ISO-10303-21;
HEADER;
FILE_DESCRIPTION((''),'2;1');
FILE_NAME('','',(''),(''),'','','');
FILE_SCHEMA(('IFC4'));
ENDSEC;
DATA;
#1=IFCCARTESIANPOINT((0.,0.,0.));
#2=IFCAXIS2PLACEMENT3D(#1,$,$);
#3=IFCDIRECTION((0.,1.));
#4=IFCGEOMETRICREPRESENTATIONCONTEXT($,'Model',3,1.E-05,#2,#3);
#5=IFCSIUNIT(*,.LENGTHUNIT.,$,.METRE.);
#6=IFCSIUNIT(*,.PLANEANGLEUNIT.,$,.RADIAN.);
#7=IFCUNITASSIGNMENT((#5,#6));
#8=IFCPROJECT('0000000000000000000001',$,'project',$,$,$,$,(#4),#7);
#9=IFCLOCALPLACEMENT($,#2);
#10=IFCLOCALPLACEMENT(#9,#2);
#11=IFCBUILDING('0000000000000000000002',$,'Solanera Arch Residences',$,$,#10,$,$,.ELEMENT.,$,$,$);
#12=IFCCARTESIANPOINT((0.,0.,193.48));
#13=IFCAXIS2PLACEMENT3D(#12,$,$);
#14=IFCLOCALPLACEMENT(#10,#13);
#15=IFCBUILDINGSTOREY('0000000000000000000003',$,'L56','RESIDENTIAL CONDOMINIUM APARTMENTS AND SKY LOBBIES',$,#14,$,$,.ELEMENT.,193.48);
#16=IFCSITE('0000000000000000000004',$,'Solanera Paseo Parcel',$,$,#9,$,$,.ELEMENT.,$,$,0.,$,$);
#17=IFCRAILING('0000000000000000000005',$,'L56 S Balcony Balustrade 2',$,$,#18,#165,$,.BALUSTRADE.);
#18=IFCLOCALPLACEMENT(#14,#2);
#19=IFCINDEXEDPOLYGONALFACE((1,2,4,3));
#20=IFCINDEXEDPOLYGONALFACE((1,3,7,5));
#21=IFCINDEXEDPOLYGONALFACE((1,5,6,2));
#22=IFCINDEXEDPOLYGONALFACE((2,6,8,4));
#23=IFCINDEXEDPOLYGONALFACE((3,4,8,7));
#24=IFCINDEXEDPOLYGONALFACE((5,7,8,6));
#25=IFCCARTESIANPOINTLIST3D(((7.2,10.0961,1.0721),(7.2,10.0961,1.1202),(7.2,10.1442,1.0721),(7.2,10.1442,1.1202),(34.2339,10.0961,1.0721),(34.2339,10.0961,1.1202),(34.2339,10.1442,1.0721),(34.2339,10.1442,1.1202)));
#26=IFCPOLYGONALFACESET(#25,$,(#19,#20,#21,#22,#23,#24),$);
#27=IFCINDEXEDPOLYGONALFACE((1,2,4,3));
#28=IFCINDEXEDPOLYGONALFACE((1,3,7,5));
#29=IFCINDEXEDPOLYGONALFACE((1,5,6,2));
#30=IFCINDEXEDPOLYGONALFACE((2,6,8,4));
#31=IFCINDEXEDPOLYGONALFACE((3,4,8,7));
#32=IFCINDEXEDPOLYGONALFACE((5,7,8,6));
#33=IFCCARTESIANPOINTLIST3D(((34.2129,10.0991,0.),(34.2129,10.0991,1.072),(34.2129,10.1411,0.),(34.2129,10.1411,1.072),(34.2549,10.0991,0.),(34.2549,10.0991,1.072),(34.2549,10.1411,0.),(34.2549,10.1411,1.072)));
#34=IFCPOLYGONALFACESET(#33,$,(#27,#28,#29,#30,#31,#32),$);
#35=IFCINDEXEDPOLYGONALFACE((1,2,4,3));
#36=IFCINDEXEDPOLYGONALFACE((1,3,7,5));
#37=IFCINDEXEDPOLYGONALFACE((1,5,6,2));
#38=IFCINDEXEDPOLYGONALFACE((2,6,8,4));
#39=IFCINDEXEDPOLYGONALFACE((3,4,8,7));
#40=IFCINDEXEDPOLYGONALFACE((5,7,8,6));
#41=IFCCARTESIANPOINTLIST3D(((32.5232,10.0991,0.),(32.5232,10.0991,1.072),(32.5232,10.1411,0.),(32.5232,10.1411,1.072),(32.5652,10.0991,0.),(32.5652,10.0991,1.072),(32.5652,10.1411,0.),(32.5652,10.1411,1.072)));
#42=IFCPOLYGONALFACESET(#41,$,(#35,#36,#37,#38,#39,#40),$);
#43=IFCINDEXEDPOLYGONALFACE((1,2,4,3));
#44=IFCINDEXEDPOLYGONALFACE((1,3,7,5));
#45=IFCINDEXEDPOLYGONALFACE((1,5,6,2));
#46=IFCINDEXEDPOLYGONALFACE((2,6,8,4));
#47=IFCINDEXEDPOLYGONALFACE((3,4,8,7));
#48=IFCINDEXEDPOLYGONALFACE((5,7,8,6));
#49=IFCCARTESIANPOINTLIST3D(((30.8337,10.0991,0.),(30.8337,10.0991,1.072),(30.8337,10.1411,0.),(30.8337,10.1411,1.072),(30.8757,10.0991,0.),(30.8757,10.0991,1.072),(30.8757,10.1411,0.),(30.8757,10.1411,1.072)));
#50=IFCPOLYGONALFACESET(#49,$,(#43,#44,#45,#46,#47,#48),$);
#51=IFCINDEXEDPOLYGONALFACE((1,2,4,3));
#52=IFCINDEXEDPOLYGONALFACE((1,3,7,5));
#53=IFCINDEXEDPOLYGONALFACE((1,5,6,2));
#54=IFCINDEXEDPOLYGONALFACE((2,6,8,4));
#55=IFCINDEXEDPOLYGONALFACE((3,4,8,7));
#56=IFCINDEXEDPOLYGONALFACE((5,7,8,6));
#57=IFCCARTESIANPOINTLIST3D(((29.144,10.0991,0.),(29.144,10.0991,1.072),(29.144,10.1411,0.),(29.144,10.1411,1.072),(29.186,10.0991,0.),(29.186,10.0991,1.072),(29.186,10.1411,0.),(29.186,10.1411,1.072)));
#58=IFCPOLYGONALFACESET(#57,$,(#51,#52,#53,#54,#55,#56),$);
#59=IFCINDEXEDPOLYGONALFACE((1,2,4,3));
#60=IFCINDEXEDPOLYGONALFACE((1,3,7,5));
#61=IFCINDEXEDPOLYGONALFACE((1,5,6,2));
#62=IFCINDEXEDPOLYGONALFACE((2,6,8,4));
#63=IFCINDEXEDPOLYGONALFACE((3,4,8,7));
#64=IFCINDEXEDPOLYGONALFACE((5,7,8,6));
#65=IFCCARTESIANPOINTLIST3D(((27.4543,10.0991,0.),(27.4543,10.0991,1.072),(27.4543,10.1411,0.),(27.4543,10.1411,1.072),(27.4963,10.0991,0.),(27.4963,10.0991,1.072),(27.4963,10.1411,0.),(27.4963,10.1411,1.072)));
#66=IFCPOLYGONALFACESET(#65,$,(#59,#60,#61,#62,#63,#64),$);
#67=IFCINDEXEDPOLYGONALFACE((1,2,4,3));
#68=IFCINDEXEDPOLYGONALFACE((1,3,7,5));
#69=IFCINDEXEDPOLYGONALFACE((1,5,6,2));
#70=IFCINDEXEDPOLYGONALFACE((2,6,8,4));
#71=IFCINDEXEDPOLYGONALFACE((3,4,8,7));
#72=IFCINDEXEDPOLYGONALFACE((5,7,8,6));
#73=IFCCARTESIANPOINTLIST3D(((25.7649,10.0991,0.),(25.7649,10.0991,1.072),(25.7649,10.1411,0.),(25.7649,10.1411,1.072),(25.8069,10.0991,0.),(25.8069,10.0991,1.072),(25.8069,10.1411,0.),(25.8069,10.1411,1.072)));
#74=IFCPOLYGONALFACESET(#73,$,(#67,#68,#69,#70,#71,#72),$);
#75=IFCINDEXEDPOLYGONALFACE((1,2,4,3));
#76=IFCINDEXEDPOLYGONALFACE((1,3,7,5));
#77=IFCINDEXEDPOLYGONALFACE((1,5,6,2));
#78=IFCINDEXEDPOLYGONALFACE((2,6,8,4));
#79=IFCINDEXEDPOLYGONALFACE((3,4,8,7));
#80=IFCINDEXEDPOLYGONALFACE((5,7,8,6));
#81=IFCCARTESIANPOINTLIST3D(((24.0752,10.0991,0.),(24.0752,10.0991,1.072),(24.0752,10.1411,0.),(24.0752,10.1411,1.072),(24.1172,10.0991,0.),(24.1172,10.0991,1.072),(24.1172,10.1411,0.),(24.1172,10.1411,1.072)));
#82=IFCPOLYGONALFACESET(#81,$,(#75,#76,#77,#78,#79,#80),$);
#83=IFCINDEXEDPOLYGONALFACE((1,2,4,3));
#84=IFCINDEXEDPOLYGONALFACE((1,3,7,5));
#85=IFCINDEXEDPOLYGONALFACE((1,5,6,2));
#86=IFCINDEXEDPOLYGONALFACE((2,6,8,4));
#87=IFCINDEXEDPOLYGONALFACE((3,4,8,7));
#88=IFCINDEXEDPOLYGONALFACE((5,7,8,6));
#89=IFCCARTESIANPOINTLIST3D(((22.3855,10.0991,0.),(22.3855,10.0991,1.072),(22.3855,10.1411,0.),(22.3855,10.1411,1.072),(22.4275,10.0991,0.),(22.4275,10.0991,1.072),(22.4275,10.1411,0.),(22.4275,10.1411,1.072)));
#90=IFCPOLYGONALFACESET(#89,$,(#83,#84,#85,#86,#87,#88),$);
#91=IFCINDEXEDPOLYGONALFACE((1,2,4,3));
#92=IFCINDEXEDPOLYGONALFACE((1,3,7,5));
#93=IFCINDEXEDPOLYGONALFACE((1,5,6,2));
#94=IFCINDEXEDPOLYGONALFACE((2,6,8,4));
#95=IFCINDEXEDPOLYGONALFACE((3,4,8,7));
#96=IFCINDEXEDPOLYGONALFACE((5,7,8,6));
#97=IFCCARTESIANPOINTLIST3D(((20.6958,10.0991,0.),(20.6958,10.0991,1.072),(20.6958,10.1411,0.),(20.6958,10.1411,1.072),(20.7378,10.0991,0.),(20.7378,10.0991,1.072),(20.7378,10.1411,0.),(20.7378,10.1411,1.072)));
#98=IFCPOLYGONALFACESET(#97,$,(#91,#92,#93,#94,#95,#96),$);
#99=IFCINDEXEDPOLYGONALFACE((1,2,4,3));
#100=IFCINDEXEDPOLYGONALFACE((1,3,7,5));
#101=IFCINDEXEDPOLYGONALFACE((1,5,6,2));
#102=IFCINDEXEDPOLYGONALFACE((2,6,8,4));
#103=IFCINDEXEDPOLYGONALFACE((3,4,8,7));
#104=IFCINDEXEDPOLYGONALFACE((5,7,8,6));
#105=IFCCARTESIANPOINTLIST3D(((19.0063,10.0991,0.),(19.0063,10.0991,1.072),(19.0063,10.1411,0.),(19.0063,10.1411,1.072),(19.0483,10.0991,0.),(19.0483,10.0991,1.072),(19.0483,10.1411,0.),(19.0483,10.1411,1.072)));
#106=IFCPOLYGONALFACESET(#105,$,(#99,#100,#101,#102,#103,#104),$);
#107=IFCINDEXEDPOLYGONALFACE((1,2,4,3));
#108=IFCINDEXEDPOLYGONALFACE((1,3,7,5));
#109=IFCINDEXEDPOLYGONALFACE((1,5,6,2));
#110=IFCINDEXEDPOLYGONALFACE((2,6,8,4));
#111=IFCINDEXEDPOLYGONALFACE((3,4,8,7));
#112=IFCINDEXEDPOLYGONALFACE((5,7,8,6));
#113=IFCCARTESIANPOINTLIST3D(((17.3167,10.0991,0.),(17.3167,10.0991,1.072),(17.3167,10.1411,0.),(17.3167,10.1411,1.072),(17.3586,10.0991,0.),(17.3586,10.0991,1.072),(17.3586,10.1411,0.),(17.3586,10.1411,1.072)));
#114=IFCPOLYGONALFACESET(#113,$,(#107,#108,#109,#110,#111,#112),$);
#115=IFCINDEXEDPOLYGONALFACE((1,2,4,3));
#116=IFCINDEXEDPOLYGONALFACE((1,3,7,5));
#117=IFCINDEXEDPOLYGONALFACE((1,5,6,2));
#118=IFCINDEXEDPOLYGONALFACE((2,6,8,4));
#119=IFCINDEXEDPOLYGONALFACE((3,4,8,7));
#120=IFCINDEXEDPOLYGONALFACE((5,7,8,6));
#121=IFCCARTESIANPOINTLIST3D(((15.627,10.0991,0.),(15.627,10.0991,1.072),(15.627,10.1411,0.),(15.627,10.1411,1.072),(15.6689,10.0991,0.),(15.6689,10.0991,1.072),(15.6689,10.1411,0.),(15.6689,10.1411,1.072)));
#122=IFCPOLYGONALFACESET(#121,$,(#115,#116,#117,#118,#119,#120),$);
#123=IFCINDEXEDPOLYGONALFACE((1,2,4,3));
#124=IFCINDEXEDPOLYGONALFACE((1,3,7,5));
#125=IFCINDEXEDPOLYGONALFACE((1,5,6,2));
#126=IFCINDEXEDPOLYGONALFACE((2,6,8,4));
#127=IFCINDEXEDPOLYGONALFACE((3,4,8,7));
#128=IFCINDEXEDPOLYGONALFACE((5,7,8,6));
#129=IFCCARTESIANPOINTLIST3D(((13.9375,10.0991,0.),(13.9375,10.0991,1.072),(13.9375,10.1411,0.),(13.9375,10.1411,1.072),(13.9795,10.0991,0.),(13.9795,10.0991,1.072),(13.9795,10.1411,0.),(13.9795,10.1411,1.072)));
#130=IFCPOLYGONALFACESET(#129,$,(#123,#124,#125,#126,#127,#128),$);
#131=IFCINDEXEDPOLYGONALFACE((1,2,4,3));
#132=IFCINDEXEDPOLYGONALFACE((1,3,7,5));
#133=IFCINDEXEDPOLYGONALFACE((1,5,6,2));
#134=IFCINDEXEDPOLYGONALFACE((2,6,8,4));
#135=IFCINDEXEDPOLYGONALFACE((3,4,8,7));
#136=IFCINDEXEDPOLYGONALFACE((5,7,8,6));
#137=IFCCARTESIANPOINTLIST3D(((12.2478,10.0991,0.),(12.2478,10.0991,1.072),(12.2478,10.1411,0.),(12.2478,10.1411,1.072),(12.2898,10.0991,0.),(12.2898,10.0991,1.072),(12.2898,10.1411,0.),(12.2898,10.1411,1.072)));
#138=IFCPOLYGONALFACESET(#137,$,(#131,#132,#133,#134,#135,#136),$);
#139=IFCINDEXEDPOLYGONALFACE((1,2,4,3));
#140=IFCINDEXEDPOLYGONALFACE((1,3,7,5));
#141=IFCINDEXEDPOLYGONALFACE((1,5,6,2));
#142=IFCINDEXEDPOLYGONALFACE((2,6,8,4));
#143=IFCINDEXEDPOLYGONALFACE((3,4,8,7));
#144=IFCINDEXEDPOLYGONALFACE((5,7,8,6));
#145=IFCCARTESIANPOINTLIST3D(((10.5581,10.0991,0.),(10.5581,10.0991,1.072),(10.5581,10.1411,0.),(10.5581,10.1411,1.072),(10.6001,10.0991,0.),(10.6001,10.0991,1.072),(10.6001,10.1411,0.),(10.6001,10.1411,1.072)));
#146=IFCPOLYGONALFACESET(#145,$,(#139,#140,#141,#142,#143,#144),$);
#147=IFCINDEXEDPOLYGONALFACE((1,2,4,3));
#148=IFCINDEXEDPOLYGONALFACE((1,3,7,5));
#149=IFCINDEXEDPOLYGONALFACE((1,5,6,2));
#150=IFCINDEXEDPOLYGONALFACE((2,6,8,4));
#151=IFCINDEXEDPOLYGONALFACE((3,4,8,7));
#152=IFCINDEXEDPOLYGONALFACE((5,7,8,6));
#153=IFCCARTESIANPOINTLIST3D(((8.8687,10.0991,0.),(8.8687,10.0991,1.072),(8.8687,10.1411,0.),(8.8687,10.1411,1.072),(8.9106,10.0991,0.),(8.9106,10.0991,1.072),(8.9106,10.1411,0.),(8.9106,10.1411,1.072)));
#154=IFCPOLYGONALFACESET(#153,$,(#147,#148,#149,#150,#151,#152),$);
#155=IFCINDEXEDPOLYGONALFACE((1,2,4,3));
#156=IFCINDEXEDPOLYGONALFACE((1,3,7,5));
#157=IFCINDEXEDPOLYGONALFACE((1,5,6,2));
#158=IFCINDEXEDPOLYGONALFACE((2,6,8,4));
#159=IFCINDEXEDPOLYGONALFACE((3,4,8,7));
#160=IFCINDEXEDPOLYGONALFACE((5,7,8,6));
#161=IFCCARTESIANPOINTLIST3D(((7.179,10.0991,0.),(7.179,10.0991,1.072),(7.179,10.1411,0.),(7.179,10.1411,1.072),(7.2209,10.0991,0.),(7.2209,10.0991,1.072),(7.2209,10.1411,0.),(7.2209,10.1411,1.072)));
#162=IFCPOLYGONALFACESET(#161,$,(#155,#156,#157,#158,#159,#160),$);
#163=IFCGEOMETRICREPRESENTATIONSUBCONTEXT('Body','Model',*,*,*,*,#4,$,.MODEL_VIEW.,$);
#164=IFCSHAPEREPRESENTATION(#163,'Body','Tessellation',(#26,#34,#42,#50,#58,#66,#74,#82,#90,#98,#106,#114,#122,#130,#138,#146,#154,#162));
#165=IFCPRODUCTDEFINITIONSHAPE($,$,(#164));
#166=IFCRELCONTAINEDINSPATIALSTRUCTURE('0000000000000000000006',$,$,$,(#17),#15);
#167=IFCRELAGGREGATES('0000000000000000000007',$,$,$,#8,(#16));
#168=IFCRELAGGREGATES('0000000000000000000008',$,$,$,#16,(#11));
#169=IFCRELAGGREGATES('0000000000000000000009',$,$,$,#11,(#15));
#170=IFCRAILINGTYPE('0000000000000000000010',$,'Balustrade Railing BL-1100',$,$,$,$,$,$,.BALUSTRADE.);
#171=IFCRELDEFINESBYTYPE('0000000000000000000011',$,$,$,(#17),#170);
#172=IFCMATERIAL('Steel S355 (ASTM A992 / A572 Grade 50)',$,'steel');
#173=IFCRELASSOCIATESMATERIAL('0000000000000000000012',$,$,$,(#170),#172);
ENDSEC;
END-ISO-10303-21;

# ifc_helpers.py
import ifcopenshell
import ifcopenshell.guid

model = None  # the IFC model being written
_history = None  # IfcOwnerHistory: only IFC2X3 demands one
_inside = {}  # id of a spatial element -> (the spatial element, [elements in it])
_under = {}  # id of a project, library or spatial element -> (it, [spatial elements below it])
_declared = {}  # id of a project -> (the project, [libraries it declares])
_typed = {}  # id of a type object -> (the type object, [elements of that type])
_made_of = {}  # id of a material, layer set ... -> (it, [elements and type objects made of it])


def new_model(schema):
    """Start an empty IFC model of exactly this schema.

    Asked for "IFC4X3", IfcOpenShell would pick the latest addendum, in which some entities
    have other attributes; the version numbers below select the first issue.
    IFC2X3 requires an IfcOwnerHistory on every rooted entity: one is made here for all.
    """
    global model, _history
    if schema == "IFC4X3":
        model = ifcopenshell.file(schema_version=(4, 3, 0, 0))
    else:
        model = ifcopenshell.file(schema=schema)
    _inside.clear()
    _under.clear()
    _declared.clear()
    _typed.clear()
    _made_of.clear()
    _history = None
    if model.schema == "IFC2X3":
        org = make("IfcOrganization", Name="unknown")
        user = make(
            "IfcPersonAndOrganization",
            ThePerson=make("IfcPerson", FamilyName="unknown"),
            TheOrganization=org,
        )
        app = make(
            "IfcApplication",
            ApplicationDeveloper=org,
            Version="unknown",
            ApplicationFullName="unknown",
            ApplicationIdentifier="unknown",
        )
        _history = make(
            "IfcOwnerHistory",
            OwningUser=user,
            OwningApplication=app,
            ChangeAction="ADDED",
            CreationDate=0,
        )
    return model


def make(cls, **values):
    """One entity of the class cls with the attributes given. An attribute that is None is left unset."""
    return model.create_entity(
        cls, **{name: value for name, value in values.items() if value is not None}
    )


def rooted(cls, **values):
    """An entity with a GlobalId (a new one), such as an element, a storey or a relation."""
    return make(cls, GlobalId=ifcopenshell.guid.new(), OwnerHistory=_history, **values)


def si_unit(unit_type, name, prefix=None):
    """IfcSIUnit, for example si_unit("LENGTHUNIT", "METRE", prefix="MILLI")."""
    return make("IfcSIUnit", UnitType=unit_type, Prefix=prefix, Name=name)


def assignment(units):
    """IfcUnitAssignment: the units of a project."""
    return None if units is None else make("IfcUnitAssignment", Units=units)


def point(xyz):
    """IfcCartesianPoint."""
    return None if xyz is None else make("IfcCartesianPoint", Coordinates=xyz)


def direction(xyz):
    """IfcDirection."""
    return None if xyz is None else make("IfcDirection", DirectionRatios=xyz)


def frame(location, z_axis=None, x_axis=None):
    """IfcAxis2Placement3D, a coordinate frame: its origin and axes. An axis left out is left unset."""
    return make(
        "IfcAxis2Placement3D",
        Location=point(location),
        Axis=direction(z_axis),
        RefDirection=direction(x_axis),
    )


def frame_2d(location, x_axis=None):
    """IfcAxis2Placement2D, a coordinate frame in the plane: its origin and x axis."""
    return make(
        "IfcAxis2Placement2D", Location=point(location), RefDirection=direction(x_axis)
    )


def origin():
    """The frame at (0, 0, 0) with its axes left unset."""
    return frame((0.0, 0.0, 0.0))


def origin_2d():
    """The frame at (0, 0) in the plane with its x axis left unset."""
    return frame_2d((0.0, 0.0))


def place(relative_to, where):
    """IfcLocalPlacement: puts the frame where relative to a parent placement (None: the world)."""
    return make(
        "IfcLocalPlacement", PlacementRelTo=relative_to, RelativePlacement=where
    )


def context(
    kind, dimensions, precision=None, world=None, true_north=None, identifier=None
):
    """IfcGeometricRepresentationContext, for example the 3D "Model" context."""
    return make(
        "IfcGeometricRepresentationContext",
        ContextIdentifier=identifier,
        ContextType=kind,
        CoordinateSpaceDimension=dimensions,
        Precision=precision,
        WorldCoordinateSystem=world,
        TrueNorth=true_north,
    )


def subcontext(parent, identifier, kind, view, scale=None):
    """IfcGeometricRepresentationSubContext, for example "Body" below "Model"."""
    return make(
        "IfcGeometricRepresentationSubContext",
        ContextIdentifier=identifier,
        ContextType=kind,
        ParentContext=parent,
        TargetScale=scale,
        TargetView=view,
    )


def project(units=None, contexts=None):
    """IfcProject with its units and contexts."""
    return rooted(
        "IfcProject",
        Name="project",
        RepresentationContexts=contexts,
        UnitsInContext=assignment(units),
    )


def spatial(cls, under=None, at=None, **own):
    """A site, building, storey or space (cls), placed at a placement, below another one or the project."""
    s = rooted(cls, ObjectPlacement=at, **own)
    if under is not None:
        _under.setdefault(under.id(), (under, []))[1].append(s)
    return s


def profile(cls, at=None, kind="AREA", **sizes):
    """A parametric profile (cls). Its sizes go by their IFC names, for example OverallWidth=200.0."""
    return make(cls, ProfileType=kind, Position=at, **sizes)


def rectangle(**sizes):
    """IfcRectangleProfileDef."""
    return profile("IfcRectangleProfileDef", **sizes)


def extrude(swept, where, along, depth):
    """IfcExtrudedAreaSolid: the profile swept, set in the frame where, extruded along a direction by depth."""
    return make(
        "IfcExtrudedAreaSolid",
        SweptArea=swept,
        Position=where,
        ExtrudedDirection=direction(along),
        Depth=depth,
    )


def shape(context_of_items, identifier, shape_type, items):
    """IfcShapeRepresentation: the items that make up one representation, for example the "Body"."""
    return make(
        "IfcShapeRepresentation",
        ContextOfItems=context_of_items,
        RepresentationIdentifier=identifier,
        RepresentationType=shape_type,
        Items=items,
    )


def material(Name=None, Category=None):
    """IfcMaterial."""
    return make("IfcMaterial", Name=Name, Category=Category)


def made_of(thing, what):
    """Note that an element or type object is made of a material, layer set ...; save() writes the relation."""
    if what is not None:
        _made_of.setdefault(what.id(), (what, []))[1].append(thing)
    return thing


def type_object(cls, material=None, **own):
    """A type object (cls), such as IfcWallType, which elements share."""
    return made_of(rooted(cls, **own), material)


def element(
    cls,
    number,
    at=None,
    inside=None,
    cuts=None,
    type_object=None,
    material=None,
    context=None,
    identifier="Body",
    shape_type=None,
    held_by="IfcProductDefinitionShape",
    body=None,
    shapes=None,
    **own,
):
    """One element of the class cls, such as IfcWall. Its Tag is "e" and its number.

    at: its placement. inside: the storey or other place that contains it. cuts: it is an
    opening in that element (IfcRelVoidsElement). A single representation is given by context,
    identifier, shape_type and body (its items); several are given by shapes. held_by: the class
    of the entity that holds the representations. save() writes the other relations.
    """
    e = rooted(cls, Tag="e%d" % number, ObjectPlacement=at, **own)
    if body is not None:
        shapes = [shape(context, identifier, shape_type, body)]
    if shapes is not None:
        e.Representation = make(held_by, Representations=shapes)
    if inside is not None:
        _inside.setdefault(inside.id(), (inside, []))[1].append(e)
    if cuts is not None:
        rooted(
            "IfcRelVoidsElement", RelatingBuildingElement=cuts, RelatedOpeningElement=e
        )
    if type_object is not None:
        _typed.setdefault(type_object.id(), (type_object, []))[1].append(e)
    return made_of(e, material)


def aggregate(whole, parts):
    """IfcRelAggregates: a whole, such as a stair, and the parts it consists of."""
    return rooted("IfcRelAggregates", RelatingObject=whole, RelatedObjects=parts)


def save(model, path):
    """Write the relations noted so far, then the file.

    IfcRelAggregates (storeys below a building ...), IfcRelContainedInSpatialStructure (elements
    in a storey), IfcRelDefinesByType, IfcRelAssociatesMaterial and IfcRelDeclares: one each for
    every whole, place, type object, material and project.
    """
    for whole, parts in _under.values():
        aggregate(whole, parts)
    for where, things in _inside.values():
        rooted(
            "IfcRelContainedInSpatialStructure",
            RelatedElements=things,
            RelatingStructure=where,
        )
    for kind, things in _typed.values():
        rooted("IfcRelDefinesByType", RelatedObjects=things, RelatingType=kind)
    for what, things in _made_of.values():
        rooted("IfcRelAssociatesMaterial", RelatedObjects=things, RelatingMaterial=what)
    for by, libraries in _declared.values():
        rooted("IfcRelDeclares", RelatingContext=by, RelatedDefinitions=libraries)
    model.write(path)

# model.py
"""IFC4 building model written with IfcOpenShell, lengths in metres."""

from ifc_helpers import new_model, si_unit, direction, frame, origin, origin_2d, place, context, subcontext, project, spatial, rectangle, extrude, material, type_object, element, save


model = new_model("IFC4")

# Units and contexts
model_context = context("Model", 3, precision=1e-05, world=origin(), true_north=direction((0.0, 1.0)))
body_context = subcontext(model_context, "Body", "Model", "MODEL_VIEW")
ifc_project = project(units=[si_unit("LENGTHUNIT", "METRE"), si_unit("PLANEANGLEUNIT", "RADIAN")], contexts=[model_context])

# Site, building, storey
site_placement = place(None, origin())
site = spatial("IfcSite", under=ifc_project, at=site_placement, Name="Solanera Paseo Parcel", CompositionType="ELEMENT", RefElevation=0.0)
building_placement = place(site_placement, origin())
building = spatial("IfcBuilding", under=site, at=building_placement, Name="Solanera Arch Residences", CompositionType="ELEMENT")
storey_placement = place(building_placement, frame((0.0, 0.0, 193.48)))
storey = spatial("IfcBuildingStorey", under=building, at=storey_placement, Name="L56", Description="RESIDENTIAL CONDOMINIUM APARTMENTS AND SKY LOBBIES", CompositionType="ELEMENT", Elevation=193.48)

# Railing
ifc_material_1 = material(Name="Steel S355 (ASTM A992 / A572 Grade 50)", Category="steel")
railing_type = type_object("IfcRailingType", Name="Balustrade Railing BL-1100", PredefinedType="BALUSTRADE", material=ifc_material_1)
railing_placement = place(storey_placement, frame((34.2339, 10.1201, 0.0)))
element("IfcRailing", 1, at=railing_placement, inside=storey, type_object=railing_type, Name="L56 S Balcony Balustrade 2", PredefinedType="BALUSTRADE", context=body_context, shape_type="SweptSolid", body=[
    extrude(rectangle(XDim=0.0481, YDim=0.0481, at=origin_2d()), frame((0.0, 0.0, 1.0962), z_axis=(-1.0, 0.0, 0.0), x_axis=(0.0, -1.0, 0.0)), (0.0, 0.0, 1.0), 27.0339),
    extrude(rectangle(XDim=0.042, YDim=0.042, at=origin_2d()), origin(), (0.0, 0.0, 1.0), 1.072),
    extrude(rectangle(XDim=0.042, YDim=0.042, at=origin_2d()), frame((-1.6897, 0.0, 0.0)), (0.0, 0.0, 1.0), 1.072),
    extrude(rectangle(XDim=0.042, YDim=0.042, at=origin_2d()), frame((-3.3792, 0.0, 0.0)), (0.0, 0.0, 1.0), 1.072),
    extrude(rectangle(XDim=0.042, YDim=0.042, at=origin_2d()), frame((-5.0688, 0.0, 0.0)), (0.0, 0.0, 1.0), 1.072),
    extrude(rectangle(XDim=0.042, YDim=0.042, at=origin_2d()), frame((-6.7585, 0.0, 0.0)), (0.0, 0.0, 1.0), 1.072),
    extrude(rectangle(XDim=0.042, YDim=0.042, at=origin_2d()), frame((-8.448, 0.0, 0.0)), (0.0, 0.0, 1.0), 1.072),
    extrude(rectangle(XDim=0.042, YDim=0.042, at=origin_2d()), frame((-10.1377, 0.0, 0.0)), (0.0, 0.0, 1.0), 1.072),
    extrude(rectangle(XDim=0.042, YDim=0.042, at=origin_2d()), frame((-11.8274, 0.0, 0.0)), (0.0, 0.0, 1.0), 1.072),
    extrude(rectangle(XDim=0.042, YDim=0.042, at=origin_2d()), frame((-13.5171, 0.0, 0.0)), (0.0, 0.0, 1.0), 1.072),
    extrude(rectangle(XDim=0.042, YDim=0.042, at=origin_2d()), frame((-15.2065, 0.0, 0.0)), (0.0, 0.0, 1.0), 1.072),
    extrude(rectangle(XDim=0.042, YDim=0.042, at=origin_2d()), frame((-16.8962, 0.0, 0.0)), (0.0, 0.0, 1.0), 1.072),
    extrude(rectangle(XDim=0.042, YDim=0.042, at=origin_2d()), frame((-18.5859, 0.0, 0.0)), (0.0, 0.0, 1.0), 1.072),
    extrude(rectangle(XDim=0.042, YDim=0.042, at=origin_2d()), frame((-20.2754, 0.0, 0.0)), (0.0, 0.0, 1.0), 1.072),
    extrude(rectangle(XDim=0.042, YDim=0.042, at=origin_2d()), frame((-21.9651, 0.0, 0.0)), (0.0, 0.0, 1.0), 1.072),
    extrude(rectangle(XDim=0.042, YDim=0.042, at=origin_2d()), frame((-23.6548, 0.0, 0.0)), (0.0, 0.0, 1.0), 1.072),
    extrude(rectangle(XDim=0.042, YDim=0.042, at=origin_2d()), frame((-25.3442, 0.0, 0.0)), (0.0, 0.0, 1.0), 1.072),
    extrude(rectangle(XDim=0.042, YDim=0.042, at=origin_2d()), frame((-27.0339, 0.0, 0.0)), (0.0, 0.0, 1.0), 1.072),
])

save(model, "model.ifc")
